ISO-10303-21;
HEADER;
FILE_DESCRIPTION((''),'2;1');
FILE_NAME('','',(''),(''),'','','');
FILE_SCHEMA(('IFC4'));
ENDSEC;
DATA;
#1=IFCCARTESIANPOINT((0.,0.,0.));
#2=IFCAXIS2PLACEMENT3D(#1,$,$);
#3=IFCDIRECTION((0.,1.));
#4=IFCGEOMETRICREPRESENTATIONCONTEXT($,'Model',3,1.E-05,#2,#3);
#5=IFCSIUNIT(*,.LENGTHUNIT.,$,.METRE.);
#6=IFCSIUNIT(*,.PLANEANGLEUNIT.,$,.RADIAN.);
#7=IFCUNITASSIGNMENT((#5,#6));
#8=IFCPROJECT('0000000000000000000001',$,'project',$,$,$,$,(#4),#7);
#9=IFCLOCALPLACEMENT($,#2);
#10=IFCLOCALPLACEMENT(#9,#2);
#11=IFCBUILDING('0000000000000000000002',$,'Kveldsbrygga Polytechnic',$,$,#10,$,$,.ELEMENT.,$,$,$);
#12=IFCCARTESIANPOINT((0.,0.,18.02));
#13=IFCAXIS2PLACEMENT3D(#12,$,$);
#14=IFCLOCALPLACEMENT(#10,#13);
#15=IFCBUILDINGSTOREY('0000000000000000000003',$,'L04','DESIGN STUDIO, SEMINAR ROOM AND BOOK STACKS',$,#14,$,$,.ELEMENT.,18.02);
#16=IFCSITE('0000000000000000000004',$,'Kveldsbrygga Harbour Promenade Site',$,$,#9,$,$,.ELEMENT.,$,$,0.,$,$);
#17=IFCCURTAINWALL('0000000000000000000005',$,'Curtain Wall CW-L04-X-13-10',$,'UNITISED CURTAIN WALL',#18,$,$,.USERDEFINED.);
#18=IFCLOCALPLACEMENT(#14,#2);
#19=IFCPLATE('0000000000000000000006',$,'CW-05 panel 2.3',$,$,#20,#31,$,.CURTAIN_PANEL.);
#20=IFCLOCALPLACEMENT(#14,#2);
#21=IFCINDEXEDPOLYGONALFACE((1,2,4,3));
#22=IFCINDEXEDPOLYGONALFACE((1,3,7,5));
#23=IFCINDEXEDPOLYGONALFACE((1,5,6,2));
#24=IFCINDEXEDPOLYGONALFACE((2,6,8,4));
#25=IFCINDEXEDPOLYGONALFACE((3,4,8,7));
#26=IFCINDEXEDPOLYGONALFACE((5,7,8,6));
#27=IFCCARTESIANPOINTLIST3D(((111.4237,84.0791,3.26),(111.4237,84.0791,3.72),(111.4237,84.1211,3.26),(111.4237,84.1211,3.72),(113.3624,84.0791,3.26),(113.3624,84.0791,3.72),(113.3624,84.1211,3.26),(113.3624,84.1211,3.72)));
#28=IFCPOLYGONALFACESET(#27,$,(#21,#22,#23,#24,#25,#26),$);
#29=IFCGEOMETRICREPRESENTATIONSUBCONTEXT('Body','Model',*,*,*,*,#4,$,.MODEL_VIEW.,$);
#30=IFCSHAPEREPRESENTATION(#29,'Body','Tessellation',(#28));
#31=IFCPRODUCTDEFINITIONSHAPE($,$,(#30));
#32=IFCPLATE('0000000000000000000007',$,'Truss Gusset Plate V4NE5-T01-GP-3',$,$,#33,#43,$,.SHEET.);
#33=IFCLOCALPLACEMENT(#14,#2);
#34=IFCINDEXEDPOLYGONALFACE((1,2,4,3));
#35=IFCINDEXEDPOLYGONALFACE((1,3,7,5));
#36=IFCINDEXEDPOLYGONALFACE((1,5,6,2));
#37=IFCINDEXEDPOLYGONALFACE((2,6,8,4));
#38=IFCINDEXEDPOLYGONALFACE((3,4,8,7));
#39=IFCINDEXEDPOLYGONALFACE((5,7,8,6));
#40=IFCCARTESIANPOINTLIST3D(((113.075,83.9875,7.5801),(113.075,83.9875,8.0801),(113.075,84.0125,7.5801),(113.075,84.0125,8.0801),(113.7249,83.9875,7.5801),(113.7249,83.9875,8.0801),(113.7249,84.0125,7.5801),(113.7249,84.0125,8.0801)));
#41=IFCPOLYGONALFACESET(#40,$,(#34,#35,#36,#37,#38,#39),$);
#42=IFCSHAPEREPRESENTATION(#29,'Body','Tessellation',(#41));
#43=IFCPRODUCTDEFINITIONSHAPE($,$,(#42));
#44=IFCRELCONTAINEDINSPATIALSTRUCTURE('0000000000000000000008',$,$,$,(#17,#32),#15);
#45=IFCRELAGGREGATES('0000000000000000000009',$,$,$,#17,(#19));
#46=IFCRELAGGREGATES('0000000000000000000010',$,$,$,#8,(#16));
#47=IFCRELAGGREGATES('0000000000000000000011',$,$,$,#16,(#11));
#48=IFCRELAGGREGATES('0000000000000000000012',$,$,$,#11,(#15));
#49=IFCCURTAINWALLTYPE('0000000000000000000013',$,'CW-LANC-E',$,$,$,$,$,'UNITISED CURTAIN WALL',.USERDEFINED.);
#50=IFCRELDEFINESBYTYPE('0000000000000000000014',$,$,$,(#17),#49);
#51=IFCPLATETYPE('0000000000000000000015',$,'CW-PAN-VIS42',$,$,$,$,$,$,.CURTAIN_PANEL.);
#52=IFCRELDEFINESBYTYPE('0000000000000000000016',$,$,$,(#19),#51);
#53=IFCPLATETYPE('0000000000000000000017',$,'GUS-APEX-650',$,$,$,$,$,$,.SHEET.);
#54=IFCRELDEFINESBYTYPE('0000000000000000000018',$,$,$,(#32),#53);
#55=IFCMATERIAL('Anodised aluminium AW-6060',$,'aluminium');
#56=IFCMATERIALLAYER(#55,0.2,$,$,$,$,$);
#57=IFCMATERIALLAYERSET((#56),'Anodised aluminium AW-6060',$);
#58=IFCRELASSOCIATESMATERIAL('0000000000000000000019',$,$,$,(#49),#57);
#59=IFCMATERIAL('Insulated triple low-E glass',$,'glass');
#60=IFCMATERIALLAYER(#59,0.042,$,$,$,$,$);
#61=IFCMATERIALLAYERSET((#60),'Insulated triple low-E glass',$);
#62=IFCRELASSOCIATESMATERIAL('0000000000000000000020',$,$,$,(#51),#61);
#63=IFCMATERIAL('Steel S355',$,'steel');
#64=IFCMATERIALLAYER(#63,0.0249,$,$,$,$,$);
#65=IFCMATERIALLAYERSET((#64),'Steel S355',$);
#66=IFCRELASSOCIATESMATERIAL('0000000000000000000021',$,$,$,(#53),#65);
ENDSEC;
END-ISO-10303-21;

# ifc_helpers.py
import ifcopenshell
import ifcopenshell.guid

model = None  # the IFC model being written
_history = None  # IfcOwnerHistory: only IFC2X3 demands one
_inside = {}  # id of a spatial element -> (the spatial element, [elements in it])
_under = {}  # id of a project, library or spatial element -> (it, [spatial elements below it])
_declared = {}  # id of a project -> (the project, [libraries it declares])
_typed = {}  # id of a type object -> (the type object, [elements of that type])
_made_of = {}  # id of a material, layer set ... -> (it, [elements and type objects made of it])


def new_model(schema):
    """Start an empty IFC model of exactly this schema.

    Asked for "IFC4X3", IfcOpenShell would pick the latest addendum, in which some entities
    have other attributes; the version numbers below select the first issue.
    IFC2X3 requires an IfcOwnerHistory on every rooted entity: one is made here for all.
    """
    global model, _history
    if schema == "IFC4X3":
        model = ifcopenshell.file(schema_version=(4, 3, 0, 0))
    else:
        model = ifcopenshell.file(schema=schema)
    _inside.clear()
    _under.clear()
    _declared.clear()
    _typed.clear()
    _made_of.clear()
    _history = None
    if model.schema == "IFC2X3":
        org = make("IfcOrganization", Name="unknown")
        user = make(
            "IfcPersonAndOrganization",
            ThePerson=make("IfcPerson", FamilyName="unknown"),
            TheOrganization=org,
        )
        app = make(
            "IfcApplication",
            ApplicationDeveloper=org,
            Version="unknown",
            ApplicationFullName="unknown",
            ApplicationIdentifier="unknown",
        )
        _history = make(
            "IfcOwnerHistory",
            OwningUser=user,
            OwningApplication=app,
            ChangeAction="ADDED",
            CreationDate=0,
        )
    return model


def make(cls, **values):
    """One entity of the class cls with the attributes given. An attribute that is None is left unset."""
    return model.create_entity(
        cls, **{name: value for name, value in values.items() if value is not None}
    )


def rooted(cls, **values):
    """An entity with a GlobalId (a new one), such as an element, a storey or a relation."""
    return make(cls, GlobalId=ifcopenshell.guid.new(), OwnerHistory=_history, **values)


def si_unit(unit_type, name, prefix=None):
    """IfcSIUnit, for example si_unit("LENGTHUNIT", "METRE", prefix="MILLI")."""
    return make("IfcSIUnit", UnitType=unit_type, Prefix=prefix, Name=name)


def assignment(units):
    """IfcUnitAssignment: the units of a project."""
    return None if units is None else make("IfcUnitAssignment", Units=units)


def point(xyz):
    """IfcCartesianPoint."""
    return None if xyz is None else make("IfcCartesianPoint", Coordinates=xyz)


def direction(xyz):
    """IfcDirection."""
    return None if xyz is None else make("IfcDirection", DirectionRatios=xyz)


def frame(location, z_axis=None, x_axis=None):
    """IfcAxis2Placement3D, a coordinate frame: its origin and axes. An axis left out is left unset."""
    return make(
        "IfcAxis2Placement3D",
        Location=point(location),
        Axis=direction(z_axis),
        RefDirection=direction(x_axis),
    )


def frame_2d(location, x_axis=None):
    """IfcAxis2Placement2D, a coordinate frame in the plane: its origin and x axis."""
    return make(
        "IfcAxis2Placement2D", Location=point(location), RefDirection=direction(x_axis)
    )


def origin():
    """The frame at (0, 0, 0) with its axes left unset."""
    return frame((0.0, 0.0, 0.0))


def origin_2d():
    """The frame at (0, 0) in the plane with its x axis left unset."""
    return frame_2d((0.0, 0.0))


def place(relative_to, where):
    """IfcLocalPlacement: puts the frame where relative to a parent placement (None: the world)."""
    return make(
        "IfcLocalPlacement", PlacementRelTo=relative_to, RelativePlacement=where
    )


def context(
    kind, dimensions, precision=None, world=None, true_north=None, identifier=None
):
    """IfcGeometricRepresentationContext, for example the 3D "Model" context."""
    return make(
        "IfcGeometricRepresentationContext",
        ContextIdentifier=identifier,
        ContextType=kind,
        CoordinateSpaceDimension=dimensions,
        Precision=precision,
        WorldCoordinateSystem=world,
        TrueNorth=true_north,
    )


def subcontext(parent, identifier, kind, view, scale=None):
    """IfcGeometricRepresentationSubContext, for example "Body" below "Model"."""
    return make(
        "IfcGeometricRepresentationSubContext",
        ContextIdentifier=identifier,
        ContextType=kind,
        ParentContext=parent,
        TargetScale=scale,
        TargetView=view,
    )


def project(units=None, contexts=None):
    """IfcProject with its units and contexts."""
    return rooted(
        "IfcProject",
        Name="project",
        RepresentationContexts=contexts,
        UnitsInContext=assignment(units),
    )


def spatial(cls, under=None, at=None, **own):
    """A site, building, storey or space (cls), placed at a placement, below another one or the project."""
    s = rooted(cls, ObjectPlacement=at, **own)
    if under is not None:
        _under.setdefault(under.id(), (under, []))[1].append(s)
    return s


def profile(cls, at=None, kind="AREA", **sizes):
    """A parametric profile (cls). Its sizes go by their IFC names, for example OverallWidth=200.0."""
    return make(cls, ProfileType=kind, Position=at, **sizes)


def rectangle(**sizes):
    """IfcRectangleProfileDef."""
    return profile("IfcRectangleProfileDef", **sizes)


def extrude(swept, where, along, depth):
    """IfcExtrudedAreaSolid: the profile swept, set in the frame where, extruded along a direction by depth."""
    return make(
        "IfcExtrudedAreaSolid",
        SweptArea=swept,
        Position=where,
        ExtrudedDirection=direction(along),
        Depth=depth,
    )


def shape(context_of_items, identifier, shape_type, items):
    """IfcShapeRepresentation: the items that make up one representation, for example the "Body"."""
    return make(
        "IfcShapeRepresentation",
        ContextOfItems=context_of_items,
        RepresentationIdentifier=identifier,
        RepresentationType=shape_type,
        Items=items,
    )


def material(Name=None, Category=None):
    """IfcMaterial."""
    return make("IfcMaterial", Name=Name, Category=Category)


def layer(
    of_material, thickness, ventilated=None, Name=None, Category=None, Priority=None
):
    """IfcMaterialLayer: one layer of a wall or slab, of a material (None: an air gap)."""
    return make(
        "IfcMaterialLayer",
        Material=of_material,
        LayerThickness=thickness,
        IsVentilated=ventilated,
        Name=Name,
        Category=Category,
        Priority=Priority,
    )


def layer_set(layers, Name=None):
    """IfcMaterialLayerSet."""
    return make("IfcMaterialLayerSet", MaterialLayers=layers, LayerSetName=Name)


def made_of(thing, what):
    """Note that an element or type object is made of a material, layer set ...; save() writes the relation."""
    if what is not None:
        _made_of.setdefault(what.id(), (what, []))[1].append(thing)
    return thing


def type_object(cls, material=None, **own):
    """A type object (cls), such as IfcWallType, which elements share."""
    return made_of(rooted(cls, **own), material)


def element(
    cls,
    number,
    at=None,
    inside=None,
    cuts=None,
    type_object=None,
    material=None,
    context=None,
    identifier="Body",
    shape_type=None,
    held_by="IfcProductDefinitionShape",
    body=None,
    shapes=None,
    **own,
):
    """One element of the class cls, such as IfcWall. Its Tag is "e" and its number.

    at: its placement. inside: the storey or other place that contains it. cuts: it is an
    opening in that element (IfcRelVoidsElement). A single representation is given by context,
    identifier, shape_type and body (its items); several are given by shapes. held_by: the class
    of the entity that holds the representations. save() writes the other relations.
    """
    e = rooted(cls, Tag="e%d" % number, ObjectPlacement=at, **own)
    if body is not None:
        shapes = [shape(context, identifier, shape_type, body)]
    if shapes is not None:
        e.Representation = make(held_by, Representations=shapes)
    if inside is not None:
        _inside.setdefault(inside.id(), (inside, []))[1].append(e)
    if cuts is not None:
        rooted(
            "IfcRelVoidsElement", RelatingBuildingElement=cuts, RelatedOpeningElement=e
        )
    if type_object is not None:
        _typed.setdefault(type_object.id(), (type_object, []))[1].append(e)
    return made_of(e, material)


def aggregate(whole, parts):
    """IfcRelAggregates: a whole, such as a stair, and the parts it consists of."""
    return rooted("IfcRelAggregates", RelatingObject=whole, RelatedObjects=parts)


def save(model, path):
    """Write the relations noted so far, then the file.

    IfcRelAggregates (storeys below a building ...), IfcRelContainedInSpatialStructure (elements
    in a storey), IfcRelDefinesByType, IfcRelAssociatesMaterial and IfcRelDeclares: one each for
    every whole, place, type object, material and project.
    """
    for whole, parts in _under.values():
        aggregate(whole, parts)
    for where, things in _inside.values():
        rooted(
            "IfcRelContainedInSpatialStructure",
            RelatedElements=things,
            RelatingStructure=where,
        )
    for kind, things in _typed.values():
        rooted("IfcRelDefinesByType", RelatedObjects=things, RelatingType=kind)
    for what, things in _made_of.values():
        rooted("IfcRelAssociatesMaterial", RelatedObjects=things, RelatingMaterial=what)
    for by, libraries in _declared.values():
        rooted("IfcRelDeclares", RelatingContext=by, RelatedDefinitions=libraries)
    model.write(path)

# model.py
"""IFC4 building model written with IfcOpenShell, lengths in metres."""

from ifc_helpers import new_model, si_unit, direction, frame, origin, origin_2d, place, context, subcontext, project, spatial, rectangle, extrude, material, layer, layer_set, type_object, element, aggregate, save


model = new_model("IFC4")

# Units and contexts
model_context = context("Model", 3, precision=1e-05, world=origin(), true_north=direction((0.0, 1.0)))
body_context = subcontext(model_context, "Body", "Model", "MODEL_VIEW")
ifc_project = project(units=[si_unit("LENGTHUNIT", "METRE"), si_unit("PLANEANGLEUNIT", "RADIAN")], contexts=[model_context])

# Site, building, storey
site_placement = place(None, origin())
site = spatial("IfcSite", under=ifc_project, at=site_placement, Name="Kveldsbrygga Harbour Promenade Site", CompositionType="ELEMENT", RefElevation=0.0)
building_placement = place(site_placement, origin())
building = spatial("IfcBuilding", under=site, at=building_placement, Name="Kveldsbrygga Polytechnic", CompositionType="ELEMENT")
storey_placement = place(building_placement, frame((0.0, 0.0, 18.02)))
storey = spatial("IfcBuildingStorey", under=building, at=storey_placement, Name="L04", Description="DESIGN STUDIO, SEMINAR ROOM AND BOOK STACKS", CompositionType="ELEMENT", Elevation=18.02)

# Curtain wall
ifc_material_1 = material(Name="Anodised aluminium AW-6060", Category="aluminium")
ifc_layer_1 = layer(ifc_material_1, 0.2)
ifc_layer_set_1 = layer_set([ifc_layer_1], Name="Anodised aluminium AW-6060")
curtain_wall_type = type_object("IfcCurtainWallType", Name="CW-LANC-E", ElementType="UNITISED CURTAIN WALL", PredefinedType="USERDEFINED", material=ifc_layer_set_1)
curtain_wall_placement = place(storey_placement, origin())
curtain_wall = element("IfcCurtainWall", 1, at=curtain_wall_placement, inside=storey, type_object=curtain_wall_type, Name="Curtain Wall CW-L04-X-13-10", ObjectType="UNITISED CURTAIN WALL", PredefinedType="USERDEFINED")

# Shared definitions
ifc_material_2 = material(Name="Steel S355", Category="steel")

# Plates
ifc_material_3 = material(Name="Insulated triple low-E glass", Category="glass")
ifc_layer_2 = layer(ifc_material_3, 0.042)
ifc_layer_set_2 = layer_set([ifc_layer_2], Name="Insulated triple low-E glass")
plate_type_1 = type_object("IfcPlateType", Name="CW-PAN-VIS42", PredefinedType="CURTAIN_PANEL", material=ifc_layer_set_2)
plate_1_placement = place(storey_placement, frame((112.3931, 84.1001, 3.26), z_axis=(0.0, 0.0, 1.0), x_axis=(1.0, 0.0, 0.0)))
plate_1 = element("IfcPlate", 2, at=plate_1_placement, type_object=plate_type_1, Name="CW-05 panel 2.3", PredefinedType="CURTAIN_PANEL", context=body_context, shape_type="SweptSolid", body=[
    extrude(rectangle(XDim=1.9387, YDim=0.042, at=origin_2d()), origin(), (0.0, 0.0, 1.0), 0.46),
])
aggregate(curtain_wall, [plate_1])
ifc_layer_3 = layer(ifc_material_2, 0.0249)
ifc_layer_set_3 = layer_set([ifc_layer_3], Name="Steel S355")
plate_type_2 = type_object("IfcPlateType", Name="GUS-APEX-650", PredefinedType="SHEET", material=ifc_layer_set_3)
plate_2_placement = place(storey_placement, frame((113.3999, 84.0, 7.5801), z_axis=(0.0, 0.0, 1.0), x_axis=(1.0, 0.0, 0.0)))
element("IfcPlate", 3, at=plate_2_placement, inside=storey, type_object=plate_type_2, Name="Truss Gusset Plate V4NE5-T01-GP-3", PredefinedType="SHEET", context=body_context, shape_type="SweptSolid", body=[
    extrude(rectangle(XDim=0.6499, YDim=0.0249, at=origin_2d()), origin(), (0.0, 0.0, 1.0), 0.5),
])

save(model, "model.ifc")
